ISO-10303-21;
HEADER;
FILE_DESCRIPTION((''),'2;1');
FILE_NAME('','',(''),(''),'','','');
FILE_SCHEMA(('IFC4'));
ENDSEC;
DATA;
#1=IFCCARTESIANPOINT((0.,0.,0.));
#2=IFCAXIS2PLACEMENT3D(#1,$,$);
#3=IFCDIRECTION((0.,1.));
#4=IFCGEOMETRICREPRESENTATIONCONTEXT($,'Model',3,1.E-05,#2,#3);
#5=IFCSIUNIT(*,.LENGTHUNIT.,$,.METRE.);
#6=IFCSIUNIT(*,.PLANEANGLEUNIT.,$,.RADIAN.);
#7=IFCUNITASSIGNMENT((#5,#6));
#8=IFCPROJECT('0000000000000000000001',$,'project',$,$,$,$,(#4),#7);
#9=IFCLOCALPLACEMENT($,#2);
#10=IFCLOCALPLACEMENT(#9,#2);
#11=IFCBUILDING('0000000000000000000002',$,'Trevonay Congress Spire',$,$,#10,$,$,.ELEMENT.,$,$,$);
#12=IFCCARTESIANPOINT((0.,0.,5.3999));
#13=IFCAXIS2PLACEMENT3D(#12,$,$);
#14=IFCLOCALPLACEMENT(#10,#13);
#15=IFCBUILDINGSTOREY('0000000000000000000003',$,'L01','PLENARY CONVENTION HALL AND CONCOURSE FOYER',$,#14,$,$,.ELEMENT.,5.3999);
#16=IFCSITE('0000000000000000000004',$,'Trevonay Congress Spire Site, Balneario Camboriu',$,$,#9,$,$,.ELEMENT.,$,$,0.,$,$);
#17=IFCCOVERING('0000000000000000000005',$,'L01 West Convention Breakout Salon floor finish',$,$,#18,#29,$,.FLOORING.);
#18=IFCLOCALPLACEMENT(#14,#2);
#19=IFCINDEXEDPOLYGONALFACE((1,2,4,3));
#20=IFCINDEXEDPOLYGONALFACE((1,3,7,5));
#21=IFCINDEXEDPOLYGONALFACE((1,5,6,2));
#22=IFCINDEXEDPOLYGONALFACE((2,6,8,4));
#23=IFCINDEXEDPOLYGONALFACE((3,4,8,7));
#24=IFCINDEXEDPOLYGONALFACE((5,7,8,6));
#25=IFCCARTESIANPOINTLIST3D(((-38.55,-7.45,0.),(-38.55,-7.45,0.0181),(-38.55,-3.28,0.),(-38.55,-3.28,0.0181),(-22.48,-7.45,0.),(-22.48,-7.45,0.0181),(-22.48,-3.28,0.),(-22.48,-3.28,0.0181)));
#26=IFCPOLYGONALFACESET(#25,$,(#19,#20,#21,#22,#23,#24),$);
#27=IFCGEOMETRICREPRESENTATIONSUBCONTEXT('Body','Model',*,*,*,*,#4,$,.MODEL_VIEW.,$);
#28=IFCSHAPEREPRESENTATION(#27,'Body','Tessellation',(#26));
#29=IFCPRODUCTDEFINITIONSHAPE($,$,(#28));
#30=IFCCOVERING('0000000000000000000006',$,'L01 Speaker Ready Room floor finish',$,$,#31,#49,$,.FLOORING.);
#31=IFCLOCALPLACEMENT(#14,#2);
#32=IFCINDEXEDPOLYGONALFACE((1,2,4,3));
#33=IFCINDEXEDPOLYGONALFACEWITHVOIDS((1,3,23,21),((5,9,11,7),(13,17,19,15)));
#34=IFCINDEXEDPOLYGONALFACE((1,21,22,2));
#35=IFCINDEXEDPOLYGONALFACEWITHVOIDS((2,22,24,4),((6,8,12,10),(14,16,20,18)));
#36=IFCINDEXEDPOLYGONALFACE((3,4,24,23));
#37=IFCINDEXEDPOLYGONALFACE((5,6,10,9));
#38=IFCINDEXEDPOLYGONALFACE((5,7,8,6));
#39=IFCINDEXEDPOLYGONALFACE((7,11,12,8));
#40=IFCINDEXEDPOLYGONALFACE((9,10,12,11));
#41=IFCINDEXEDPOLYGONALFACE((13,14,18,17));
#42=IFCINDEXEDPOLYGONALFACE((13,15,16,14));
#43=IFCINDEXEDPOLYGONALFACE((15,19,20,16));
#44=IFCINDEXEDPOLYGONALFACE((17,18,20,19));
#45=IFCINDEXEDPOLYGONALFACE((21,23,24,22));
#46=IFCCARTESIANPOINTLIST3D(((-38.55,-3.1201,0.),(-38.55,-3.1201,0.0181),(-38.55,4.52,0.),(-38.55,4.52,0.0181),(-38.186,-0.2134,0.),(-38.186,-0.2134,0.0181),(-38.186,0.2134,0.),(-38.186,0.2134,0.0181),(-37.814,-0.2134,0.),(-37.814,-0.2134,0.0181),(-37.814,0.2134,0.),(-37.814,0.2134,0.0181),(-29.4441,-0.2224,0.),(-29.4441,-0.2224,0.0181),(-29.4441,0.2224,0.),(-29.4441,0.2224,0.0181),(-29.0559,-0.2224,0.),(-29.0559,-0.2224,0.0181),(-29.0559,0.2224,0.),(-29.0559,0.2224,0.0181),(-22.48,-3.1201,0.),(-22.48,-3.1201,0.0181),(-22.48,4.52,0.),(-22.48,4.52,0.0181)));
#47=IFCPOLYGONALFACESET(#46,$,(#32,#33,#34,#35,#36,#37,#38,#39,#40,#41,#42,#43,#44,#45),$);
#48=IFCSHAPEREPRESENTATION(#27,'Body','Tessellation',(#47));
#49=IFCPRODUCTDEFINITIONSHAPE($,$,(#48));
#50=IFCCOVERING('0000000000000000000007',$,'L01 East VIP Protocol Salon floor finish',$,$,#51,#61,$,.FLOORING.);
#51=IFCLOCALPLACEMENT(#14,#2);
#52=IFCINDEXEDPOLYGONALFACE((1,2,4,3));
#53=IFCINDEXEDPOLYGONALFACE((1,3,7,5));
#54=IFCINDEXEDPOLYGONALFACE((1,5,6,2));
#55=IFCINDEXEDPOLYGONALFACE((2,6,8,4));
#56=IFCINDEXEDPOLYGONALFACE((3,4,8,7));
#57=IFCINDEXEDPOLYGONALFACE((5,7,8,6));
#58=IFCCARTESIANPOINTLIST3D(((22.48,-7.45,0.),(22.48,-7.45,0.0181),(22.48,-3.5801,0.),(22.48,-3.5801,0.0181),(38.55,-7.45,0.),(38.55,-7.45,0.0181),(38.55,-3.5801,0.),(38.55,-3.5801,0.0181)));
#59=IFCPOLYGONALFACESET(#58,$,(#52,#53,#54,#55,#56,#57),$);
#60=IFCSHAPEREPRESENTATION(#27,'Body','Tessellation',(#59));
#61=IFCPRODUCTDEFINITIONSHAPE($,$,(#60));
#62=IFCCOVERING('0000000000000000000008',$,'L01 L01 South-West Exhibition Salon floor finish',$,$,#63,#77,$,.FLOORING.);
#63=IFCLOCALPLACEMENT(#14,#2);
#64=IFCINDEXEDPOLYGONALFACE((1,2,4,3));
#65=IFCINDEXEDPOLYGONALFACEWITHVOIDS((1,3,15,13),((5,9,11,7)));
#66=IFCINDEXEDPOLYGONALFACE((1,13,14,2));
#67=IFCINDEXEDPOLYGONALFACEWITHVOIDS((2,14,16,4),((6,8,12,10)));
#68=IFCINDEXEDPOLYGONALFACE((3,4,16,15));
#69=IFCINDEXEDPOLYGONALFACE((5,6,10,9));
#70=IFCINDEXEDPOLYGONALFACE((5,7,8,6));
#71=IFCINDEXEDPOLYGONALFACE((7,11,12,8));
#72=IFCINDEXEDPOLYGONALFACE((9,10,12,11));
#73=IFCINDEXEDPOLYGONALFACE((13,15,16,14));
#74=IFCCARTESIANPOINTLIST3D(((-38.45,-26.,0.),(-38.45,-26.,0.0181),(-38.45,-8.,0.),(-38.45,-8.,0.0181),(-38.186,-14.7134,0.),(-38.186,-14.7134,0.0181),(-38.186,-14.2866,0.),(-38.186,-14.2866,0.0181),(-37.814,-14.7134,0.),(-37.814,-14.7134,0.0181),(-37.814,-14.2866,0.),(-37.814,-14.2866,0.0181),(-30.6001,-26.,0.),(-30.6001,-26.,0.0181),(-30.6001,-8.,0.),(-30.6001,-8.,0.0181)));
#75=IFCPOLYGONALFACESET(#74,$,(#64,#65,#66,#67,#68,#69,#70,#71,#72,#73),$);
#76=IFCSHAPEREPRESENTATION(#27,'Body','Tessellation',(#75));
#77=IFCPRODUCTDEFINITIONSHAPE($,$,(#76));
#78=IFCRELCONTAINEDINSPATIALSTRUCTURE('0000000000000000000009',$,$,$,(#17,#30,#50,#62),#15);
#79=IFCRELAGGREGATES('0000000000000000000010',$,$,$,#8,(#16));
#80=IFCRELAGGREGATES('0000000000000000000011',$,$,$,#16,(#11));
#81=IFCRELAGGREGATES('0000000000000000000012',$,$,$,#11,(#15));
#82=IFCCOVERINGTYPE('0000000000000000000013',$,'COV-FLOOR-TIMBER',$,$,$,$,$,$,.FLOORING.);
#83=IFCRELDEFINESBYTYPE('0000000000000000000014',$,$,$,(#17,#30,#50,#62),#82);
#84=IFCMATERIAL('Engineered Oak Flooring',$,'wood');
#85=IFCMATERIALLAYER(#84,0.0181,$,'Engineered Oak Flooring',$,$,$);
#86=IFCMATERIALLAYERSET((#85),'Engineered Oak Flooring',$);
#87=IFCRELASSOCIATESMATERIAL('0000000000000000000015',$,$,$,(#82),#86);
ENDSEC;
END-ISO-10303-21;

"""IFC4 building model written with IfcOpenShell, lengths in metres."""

from ifc_helpers import new_model, si_unit, direction, frame, origin, place, context, subcontext, project, spatial, polyline, outline, extrude, material, layer, layer_set, type_object, element, save


model = new_model("IFC4")

# Units and contexts
model_context = context("Model", 3, precision=1e-05, world=origin(), true_north=direction((0.0, 1.0)))
body_context = subcontext(model_context, "Body", "Model", "MODEL_VIEW")
ifc_project = project(units=[si_unit("LENGTHUNIT", "METRE"), si_unit("PLANEANGLEUNIT", "RADIAN")], contexts=[model_context])

# Site, building, storey
site_placement = place(None, origin())
site = spatial("IfcSite", under=ifc_project, at=site_placement, Name="Trevonay Congress Spire Site, Balneario Camboriu", CompositionType="ELEMENT", RefElevation=0.0)
building_placement = place(site_placement, origin())
building = spatial("IfcBuilding", under=site, at=building_placement, Name="Trevonay Congress Spire", CompositionType="ELEMENT")
storey_placement = place(building_placement, frame((0.0, 0.0, 5.3999)))
storey = spatial("IfcBuildingStorey", under=building, at=storey_placement, Name="L01", Description="PLENARY CONVENTION HALL AND CONCOURSE FOYER", CompositionType="ELEMENT", Elevation=5.3999)

# Coverings
ifc_material_1 = material(Name="Engineered Oak Flooring", Category="wood")
ifc_layer_1 = layer(ifc_material_1, 0.0181, Name="Engineered Oak Flooring")
ifc_layer_set_1 = layer_set([ifc_layer_1], Name="Engineered Oak Flooring")
covering_type_1 = type_object("IfcCoveringType", Name="COV-FLOOR-TIMBER", PredefinedType="FLOORING", material=ifc_layer_set_1)
covering_1_placement = place(storey_placement, origin())
element("IfcCovering", 1, at=covering_1_placement, inside=storey, type_object=covering_type_1, Name="L01 West Convention Breakout Salon floor finish", PredefinedType="FLOORING", context=body_context, shape_type="SweptSolid", body=[
    extrude(outline(polyline([(-38.55, -7.45), (-22.48, -7.45), (-22.48, -3.28), (-38.55, -3.28), (-38.55, -7.45)])), origin(), (0.0, 0.0, 1.0), 0.0181),
])
covering_2_placement = place(storey_placement, origin())
element("IfcCovering", 2, at=covering_2_placement, inside=storey, type_object=covering_type_1, Name="L01 Speaker Ready Room floor finish", PredefinedType="FLOORING", context=body_context, shape_type="SweptSolid", body=[
    extrude(outline(polyline([(-38.55, 4.52), (-22.48, 4.52), (-22.48, -3.1201), (-38.55, -3.1201), (-38.55, 4.52)]), holes=[polyline([(-38.186, -0.2134), (-37.814, -0.2134), (-37.814, 0.2134), (-38.186, 0.2134), (-38.186, -0.2134)]), polyline([(-29.4441, -0.2224), (-29.0559, -0.2224), (-29.0559, 0.2224), (-29.4441, 0.2224), (-29.4441, -0.2224)])]), origin(), (0.0, 0.0, 1.0), 0.0181),
])
covering_3_placement = place(storey_placement, origin())
element("IfcCovering", 3, at=covering_3_placement, inside=storey, type_object=covering_type_1, Name="L01 East VIP Protocol Salon floor finish", PredefinedType="FLOORING", context=body_context, shape_type="SweptSolid", body=[
    extrude(outline(polyline([(22.48, -7.45), (38.55, -7.45), (38.55, -3.5801), (22.48, -3.5801), (22.48, -7.45)])), origin(), (0.0, 0.0, 1.0), 0.0181),
])
covering_4_placement = place(storey_placement, origin())
element("IfcCovering", 4, at=covering_4_placement, inside=storey, type_object=covering_type_1, Name="L01 L01 South-West Exhibition Salon floor finish", PredefinedType="FLOORING", context=body_context, shape_type="SweptSolid", body=[
    extrude(outline(polyline([(-38.45, -8.0), (-30.6001, -8.0), (-30.6001, -26.0), (-38.45, -26.0), (-38.45, -8.0)]), holes=[polyline([(-37.814, -14.7134), (-37.814, -14.2866), (-38.186, -14.2866), (-38.186, -14.7134), (-37.814, -14.7134)])]), origin(), (0.0, 0.0, 1.0), 0.0181),
])

save(model, "model.ifc")
